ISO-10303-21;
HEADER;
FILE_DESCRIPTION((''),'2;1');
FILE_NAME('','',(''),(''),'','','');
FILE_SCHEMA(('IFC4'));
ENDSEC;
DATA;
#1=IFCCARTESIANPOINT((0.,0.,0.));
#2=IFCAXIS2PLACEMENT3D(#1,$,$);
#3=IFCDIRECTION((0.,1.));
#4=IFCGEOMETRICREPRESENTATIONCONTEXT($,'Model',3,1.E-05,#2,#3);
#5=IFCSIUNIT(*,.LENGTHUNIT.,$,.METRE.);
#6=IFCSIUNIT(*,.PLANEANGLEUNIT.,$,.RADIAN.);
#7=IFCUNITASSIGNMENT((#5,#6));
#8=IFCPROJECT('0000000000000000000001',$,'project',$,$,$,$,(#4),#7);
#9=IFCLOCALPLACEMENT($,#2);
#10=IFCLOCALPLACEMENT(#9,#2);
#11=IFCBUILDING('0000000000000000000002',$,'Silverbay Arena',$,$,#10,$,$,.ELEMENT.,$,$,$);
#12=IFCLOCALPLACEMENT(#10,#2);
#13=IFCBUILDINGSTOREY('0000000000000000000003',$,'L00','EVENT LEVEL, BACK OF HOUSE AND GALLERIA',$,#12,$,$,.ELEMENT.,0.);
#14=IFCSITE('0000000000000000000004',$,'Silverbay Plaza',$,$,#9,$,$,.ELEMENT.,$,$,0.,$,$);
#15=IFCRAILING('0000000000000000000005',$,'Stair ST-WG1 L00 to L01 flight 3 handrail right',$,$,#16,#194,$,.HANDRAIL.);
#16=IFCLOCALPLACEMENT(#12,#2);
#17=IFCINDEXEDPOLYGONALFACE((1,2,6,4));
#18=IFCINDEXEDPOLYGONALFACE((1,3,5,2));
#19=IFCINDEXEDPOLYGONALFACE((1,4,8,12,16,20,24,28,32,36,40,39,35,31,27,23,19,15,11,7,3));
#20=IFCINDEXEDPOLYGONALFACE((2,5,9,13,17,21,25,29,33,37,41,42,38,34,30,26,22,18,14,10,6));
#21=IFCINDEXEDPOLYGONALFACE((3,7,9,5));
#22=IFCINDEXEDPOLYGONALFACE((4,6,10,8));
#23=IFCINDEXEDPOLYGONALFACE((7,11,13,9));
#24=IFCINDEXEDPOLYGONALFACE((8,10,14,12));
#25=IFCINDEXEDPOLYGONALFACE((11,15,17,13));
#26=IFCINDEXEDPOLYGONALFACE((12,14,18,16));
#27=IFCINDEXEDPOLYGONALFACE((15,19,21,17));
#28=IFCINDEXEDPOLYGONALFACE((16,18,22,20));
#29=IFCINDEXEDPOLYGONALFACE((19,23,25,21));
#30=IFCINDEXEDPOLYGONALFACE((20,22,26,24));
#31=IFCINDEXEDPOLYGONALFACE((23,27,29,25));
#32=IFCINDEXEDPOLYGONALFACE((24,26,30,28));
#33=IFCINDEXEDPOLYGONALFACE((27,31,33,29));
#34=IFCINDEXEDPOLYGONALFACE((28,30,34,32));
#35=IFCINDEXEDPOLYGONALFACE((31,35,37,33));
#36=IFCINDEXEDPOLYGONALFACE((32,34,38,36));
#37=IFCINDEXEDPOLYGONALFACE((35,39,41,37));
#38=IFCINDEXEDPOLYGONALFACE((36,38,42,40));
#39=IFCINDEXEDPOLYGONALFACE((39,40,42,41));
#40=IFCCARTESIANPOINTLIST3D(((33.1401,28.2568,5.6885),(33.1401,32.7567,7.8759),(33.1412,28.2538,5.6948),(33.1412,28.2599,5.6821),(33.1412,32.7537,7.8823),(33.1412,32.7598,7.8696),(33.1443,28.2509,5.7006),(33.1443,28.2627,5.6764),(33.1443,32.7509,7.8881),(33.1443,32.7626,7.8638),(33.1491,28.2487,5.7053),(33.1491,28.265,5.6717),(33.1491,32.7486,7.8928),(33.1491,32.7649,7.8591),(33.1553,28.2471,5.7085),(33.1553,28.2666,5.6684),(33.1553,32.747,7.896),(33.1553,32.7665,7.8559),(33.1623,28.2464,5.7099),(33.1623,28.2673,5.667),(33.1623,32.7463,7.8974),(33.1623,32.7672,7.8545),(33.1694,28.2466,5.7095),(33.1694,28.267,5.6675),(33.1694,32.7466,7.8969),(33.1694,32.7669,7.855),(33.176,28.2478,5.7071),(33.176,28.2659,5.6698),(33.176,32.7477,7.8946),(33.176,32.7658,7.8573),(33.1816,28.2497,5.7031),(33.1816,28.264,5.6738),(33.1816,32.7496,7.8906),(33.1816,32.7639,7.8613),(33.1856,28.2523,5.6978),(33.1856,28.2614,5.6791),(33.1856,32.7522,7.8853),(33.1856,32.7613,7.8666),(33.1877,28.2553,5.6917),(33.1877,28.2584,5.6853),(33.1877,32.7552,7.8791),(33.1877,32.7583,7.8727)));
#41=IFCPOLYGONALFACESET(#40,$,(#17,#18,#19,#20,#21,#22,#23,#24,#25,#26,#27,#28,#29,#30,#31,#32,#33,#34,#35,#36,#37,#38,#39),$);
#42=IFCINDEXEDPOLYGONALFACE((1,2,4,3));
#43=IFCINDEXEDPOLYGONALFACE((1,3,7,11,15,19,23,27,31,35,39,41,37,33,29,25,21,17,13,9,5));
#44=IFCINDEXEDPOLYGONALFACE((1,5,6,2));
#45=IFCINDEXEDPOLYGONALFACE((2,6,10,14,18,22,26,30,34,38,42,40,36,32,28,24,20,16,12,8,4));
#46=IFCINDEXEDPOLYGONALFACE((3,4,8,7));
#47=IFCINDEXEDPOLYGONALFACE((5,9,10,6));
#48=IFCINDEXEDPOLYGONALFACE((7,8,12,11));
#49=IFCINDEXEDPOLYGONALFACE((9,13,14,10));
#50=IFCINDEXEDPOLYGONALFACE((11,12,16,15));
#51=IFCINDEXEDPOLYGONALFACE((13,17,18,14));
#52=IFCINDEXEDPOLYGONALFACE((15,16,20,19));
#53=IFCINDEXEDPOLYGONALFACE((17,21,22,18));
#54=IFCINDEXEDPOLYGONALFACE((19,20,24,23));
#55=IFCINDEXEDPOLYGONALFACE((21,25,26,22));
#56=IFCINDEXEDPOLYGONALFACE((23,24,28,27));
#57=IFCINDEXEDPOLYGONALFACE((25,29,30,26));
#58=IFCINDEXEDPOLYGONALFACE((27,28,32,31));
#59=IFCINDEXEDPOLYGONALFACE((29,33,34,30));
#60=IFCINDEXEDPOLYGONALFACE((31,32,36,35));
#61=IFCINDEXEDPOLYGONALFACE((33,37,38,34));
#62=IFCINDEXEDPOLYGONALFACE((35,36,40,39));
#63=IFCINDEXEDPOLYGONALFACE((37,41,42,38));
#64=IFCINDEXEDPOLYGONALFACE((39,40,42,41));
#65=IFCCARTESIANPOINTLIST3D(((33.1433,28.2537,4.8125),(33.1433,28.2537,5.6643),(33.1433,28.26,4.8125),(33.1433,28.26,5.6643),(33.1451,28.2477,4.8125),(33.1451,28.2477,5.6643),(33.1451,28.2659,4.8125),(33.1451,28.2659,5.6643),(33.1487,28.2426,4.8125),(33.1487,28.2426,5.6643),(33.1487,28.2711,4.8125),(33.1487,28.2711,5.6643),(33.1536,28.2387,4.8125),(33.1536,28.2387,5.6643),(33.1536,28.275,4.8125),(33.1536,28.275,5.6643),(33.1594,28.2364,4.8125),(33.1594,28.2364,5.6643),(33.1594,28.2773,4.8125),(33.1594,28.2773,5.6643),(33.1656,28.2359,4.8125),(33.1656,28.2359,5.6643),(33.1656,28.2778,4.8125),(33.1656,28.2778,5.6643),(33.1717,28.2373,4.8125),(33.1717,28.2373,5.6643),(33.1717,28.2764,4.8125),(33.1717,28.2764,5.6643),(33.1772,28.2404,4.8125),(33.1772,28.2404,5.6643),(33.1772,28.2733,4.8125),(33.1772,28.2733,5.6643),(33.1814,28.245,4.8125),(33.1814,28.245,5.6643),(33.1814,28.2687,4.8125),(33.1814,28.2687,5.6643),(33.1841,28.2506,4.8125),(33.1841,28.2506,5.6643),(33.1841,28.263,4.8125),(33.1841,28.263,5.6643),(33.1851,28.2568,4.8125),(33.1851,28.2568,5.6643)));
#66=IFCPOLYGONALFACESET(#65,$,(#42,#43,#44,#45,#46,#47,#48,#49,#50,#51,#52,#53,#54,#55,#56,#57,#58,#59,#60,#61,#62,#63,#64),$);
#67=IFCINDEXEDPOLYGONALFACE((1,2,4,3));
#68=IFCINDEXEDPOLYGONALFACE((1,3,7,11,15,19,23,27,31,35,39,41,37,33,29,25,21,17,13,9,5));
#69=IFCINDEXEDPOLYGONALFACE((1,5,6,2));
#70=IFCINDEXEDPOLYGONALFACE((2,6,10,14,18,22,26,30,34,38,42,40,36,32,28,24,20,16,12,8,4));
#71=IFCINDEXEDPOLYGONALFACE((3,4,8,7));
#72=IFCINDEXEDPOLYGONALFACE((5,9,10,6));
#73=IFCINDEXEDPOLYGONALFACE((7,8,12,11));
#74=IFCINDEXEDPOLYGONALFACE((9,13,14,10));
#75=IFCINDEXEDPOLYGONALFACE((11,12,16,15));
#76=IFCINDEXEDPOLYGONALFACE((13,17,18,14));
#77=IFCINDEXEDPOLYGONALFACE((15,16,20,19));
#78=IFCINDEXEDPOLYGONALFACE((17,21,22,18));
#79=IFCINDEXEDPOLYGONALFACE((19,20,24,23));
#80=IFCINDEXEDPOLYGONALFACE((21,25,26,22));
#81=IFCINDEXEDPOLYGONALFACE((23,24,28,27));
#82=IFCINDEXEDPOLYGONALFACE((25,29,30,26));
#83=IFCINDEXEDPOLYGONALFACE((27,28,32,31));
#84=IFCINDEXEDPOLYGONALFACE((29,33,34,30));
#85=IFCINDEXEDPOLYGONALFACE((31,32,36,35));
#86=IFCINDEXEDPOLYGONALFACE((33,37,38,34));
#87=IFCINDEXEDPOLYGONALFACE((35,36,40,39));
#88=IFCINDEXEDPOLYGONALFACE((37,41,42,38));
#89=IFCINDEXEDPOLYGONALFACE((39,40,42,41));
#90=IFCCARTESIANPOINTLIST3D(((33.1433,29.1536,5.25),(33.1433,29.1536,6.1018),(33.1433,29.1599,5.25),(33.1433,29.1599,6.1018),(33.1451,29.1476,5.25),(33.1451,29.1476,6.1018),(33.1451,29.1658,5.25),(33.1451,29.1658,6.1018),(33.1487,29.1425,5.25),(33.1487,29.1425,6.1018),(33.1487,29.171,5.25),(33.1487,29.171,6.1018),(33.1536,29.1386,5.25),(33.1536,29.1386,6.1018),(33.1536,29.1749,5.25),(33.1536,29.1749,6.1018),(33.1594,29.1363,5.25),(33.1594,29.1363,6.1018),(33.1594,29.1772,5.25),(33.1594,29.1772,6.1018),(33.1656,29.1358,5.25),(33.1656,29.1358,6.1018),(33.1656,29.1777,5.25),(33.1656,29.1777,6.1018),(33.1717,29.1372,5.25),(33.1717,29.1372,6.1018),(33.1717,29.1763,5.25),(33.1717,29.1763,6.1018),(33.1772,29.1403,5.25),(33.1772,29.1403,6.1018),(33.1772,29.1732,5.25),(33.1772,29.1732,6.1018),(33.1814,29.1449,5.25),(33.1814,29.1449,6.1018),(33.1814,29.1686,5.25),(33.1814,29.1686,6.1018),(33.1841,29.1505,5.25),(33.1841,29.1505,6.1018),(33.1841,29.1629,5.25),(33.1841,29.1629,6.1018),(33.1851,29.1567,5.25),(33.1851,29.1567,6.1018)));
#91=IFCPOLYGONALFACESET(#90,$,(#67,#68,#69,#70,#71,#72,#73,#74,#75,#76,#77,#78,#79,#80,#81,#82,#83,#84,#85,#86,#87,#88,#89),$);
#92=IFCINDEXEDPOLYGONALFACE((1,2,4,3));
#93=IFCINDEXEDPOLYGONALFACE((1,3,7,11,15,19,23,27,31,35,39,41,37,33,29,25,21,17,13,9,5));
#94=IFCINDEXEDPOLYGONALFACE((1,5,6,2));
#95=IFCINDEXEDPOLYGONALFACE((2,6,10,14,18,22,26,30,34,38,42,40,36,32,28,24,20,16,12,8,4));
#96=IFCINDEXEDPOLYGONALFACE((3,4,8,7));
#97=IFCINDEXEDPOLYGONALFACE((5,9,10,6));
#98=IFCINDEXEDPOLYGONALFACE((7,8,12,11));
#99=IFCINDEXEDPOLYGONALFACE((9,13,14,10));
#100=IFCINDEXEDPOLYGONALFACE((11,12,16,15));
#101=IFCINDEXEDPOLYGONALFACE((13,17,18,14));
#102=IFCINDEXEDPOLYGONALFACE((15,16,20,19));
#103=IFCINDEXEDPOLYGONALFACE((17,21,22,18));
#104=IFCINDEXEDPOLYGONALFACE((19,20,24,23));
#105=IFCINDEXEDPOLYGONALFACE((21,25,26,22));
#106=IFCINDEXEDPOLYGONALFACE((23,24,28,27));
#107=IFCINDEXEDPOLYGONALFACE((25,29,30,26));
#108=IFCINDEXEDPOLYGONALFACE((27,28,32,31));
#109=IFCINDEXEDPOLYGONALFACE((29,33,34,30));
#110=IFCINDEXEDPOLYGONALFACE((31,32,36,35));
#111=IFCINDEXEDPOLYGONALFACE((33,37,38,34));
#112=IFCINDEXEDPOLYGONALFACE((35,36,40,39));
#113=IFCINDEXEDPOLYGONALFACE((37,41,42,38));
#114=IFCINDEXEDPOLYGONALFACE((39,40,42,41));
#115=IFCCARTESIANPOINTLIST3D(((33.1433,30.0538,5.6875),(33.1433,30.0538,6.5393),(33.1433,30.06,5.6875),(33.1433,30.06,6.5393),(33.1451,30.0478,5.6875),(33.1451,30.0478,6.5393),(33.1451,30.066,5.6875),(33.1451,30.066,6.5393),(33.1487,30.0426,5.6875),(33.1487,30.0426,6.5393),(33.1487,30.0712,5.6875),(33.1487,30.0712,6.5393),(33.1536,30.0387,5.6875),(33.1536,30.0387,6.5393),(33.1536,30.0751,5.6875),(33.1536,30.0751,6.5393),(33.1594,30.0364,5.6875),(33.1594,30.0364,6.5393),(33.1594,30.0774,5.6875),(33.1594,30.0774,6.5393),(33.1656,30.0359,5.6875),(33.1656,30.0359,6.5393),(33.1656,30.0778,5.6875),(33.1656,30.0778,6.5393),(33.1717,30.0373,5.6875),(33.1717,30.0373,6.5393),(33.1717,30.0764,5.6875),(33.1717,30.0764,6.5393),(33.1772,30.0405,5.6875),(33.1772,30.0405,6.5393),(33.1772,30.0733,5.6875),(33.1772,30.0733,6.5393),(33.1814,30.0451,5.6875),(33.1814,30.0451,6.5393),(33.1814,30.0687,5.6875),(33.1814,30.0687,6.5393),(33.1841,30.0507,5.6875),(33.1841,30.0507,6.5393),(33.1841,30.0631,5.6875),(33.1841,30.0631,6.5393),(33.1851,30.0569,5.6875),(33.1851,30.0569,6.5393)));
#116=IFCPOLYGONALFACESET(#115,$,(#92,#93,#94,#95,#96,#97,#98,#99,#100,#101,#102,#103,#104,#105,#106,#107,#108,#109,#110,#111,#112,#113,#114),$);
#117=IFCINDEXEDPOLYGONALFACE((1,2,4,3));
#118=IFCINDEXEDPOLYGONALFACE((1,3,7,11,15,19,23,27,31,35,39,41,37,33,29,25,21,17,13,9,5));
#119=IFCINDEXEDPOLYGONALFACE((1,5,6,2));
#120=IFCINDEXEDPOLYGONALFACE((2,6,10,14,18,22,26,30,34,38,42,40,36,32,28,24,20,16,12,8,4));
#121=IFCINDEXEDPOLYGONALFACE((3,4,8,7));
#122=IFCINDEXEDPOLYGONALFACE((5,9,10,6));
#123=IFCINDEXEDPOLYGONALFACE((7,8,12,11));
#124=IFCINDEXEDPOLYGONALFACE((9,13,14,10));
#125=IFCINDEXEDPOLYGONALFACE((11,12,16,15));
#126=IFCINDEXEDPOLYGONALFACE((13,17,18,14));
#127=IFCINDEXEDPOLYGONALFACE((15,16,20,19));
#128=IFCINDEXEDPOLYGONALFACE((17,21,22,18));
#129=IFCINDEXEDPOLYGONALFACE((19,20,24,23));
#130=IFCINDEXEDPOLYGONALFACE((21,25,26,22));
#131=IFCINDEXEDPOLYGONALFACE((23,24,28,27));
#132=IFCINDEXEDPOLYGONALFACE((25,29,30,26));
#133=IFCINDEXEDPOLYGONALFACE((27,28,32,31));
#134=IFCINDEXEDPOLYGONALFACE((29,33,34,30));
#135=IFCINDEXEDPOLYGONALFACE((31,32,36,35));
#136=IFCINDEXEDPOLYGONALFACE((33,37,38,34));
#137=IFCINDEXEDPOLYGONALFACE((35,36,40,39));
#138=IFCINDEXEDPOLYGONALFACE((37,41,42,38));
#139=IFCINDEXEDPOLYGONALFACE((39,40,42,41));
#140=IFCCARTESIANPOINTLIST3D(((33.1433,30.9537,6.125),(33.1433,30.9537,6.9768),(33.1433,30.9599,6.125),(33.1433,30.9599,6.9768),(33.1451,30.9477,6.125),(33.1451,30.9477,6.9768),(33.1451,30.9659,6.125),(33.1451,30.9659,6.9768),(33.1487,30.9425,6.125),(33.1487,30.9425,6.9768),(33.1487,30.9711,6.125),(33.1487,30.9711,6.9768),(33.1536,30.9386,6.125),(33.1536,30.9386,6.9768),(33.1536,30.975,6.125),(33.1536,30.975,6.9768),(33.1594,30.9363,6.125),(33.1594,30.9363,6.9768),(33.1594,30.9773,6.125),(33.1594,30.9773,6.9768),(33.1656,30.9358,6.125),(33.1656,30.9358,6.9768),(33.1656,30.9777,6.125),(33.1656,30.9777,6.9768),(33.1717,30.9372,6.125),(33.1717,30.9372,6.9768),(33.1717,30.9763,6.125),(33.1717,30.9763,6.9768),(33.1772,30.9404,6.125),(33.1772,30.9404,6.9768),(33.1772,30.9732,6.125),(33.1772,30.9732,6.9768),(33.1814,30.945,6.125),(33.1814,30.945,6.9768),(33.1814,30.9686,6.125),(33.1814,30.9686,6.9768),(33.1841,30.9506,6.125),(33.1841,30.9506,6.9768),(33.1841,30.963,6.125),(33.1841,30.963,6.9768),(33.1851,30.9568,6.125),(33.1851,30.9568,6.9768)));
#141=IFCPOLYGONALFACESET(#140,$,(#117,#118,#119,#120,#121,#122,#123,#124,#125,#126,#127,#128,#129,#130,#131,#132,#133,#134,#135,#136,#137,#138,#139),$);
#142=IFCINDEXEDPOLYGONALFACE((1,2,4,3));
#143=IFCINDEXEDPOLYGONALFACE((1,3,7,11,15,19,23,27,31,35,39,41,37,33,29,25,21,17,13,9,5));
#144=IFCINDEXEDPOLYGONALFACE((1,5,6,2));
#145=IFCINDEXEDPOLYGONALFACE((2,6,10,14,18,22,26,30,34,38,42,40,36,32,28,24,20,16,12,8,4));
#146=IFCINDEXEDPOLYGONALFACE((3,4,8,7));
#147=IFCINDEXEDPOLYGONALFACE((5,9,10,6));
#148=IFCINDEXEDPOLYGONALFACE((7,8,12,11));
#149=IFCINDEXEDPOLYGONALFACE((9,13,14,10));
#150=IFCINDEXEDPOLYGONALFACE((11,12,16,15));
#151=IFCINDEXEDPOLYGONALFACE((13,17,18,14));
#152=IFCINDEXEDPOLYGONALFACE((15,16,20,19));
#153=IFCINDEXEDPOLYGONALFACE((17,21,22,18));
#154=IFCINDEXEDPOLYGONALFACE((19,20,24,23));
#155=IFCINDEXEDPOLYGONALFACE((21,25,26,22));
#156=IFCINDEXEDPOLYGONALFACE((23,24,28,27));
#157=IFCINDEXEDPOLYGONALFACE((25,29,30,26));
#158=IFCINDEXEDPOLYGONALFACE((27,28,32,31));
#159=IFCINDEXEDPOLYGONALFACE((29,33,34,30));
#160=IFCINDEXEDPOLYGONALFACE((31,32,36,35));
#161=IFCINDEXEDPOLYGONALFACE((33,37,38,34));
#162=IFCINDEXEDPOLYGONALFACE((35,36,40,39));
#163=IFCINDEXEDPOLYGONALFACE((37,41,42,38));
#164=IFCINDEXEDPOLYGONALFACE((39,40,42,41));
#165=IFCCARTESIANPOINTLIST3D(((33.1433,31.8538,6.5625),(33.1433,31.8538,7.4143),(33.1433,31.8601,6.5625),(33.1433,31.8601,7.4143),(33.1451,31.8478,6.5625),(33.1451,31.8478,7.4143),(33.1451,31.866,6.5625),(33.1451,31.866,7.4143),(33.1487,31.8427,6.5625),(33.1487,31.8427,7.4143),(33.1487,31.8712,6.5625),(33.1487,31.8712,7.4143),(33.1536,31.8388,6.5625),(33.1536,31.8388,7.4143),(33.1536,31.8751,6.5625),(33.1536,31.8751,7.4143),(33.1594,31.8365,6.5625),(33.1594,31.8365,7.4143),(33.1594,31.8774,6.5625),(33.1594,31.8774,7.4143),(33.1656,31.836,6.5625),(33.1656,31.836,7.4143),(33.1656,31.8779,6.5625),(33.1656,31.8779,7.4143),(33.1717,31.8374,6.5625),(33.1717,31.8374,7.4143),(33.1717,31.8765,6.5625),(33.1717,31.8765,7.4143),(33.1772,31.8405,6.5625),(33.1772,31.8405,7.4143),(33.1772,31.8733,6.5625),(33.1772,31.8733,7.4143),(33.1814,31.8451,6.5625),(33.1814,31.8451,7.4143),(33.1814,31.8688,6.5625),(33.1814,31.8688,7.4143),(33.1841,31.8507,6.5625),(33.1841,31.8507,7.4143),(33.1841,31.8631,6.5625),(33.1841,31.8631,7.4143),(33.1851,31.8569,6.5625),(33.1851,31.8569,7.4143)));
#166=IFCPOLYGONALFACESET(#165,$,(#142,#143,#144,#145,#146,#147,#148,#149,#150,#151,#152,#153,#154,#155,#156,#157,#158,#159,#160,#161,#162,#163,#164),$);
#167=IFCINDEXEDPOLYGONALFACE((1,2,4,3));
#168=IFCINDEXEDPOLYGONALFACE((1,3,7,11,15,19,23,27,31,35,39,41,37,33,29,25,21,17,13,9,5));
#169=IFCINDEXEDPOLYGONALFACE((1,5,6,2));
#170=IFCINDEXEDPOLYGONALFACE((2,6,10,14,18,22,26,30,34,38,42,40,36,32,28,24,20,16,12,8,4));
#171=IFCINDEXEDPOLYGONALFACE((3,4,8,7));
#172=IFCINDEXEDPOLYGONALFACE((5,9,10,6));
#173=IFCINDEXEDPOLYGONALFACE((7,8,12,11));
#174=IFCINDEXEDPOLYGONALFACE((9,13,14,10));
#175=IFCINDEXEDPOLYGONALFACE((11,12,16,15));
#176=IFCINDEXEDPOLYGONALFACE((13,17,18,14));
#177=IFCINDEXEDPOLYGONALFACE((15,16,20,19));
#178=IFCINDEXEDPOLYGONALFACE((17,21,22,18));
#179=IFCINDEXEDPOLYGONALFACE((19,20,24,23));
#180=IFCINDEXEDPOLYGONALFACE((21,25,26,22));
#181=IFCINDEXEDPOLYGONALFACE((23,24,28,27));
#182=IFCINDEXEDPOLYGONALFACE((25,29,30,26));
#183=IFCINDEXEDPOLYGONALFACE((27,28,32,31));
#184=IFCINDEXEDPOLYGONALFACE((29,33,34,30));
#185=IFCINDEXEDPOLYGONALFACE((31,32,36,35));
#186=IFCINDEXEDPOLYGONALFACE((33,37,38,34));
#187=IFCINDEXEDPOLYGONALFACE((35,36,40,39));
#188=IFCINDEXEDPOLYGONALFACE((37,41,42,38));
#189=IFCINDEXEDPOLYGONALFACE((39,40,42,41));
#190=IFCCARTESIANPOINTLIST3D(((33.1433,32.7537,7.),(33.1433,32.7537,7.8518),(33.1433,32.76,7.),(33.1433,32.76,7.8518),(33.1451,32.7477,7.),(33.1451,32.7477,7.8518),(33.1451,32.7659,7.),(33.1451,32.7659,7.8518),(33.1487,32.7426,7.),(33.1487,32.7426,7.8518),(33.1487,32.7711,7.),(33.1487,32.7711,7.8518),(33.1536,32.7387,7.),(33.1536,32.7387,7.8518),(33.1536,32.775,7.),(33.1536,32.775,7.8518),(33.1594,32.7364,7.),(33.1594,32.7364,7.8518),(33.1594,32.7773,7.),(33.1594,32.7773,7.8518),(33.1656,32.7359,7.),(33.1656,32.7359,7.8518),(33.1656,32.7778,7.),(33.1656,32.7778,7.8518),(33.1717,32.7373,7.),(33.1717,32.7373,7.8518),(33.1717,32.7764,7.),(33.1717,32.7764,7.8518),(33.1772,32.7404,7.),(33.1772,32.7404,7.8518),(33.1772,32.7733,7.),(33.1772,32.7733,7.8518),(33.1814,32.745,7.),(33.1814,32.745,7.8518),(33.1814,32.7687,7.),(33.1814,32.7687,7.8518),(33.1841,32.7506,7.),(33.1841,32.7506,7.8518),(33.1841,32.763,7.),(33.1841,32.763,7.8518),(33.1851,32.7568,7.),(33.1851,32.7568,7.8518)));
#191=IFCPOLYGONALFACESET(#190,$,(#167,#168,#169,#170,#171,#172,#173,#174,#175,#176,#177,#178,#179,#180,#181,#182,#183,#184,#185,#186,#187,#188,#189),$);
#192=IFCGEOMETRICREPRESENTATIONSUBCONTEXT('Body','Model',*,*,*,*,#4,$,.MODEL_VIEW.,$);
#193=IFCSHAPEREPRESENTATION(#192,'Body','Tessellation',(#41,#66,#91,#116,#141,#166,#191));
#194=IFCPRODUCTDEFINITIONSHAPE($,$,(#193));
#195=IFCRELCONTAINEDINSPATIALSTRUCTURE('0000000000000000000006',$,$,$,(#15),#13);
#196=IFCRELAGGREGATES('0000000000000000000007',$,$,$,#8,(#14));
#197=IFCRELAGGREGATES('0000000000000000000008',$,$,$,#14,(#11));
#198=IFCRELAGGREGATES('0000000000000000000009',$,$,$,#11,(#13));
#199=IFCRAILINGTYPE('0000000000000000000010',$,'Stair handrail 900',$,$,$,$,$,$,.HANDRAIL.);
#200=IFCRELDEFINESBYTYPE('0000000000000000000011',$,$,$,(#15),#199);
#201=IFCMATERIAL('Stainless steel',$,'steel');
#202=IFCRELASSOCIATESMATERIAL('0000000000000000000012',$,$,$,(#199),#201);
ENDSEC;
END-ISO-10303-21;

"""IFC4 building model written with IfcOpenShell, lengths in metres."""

from ifc_helpers import new_model, si_unit, direction, frame, origin, origin_2d, place, context, subcontext, project, spatial, circle, extrude, material, type_object, element, save


model = new_model("IFC4")

# Units and contexts
model_context = context("Model", 3, precision=1e-05, world=origin(), true_north=direction((0.0, 1.0)))
body_context = subcontext(model_context, "Body", "Model", "MODEL_VIEW")
ifc_project = project(units=[si_unit("LENGTHUNIT", "METRE"), si_unit("PLANEANGLEUNIT", "RADIAN")], contexts=[model_context])

# Site, building, storey
site_placement = place(None, origin())
site = spatial("IfcSite", under=ifc_project, at=site_placement, Name="Silverbay Plaza", CompositionType="ELEMENT", RefElevation=0.0)
building_placement = place(site_placement, origin())
building = spatial("IfcBuilding", under=site, at=building_placement, Name="Silverbay Arena", CompositionType="ELEMENT")
storey_placement = place(building_placement, origin())
storey = spatial("IfcBuildingStorey", under=building, at=storey_placement, Name="L00", Description="EVENT LEVEL, BACK OF HOUSE AND GALLERIA", CompositionType="ELEMENT", Elevation=0.0)

# Railing
ifc_material_1 = material(Name="Stainless steel", Category="steel")
railing_type_1 = type_object("IfcRailingType", Name="Stair handrail 900", PredefinedType="HANDRAIL", material=ifc_material_1)
for number, where, name in (
    (1, (33.1641, 28.2568, 4.8125), "Stair ST-WG1 L00 to L01 flight 3 handrail right"),
):
    element("IfcRailing", number, at=place(storey_placement, frame(where)), inside=storey, type_object=railing_type_1, Name=name, PredefinedType="HANDRAIL", context=body_context, shape_type="SweptSolid", body=[
        extrude(circle(Radius=0.0239, at=origin_2d()), frame((0.0, 0.0, 0.876), z_axis=(0.0, 0.899368, 0.437193), x_axis=(-1.0, 0.0, 0.0)), (0.0, 0.0, 1.0), 5.0034),
        extrude(circle(Radius=0.021, at=origin_2d()), origin(), (0.0, 0.0, 1.0), 0.8518),
        extrude(circle(Radius=0.021, at=origin_2d()), frame((0.0, 0.8999, 0.4375)), (0.0, 0.0, 1.0), 0.8518),
        extrude(circle(Radius=0.021, at=origin_2d()), frame((0.0, 1.8, 0.875)), (0.0, 0.0, 1.0), 0.8518),
        extrude(circle(Radius=0.021, at=origin_2d()), frame((0.0, 2.7, 1.3125)), (0.0, 0.0, 1.0), 0.8518),
        extrude(circle(Radius=0.021, at=origin_2d()), frame((0.0, 3.6001, 1.75)), (0.0, 0.0, 1.0), 0.8518),
        extrude(circle(Radius=0.021, at=origin_2d()), frame((0.0, 4.5, 2.1875)), (0.0, 0.0, 1.0), 0.8518),
    ])

save(model, "model.ifc")
